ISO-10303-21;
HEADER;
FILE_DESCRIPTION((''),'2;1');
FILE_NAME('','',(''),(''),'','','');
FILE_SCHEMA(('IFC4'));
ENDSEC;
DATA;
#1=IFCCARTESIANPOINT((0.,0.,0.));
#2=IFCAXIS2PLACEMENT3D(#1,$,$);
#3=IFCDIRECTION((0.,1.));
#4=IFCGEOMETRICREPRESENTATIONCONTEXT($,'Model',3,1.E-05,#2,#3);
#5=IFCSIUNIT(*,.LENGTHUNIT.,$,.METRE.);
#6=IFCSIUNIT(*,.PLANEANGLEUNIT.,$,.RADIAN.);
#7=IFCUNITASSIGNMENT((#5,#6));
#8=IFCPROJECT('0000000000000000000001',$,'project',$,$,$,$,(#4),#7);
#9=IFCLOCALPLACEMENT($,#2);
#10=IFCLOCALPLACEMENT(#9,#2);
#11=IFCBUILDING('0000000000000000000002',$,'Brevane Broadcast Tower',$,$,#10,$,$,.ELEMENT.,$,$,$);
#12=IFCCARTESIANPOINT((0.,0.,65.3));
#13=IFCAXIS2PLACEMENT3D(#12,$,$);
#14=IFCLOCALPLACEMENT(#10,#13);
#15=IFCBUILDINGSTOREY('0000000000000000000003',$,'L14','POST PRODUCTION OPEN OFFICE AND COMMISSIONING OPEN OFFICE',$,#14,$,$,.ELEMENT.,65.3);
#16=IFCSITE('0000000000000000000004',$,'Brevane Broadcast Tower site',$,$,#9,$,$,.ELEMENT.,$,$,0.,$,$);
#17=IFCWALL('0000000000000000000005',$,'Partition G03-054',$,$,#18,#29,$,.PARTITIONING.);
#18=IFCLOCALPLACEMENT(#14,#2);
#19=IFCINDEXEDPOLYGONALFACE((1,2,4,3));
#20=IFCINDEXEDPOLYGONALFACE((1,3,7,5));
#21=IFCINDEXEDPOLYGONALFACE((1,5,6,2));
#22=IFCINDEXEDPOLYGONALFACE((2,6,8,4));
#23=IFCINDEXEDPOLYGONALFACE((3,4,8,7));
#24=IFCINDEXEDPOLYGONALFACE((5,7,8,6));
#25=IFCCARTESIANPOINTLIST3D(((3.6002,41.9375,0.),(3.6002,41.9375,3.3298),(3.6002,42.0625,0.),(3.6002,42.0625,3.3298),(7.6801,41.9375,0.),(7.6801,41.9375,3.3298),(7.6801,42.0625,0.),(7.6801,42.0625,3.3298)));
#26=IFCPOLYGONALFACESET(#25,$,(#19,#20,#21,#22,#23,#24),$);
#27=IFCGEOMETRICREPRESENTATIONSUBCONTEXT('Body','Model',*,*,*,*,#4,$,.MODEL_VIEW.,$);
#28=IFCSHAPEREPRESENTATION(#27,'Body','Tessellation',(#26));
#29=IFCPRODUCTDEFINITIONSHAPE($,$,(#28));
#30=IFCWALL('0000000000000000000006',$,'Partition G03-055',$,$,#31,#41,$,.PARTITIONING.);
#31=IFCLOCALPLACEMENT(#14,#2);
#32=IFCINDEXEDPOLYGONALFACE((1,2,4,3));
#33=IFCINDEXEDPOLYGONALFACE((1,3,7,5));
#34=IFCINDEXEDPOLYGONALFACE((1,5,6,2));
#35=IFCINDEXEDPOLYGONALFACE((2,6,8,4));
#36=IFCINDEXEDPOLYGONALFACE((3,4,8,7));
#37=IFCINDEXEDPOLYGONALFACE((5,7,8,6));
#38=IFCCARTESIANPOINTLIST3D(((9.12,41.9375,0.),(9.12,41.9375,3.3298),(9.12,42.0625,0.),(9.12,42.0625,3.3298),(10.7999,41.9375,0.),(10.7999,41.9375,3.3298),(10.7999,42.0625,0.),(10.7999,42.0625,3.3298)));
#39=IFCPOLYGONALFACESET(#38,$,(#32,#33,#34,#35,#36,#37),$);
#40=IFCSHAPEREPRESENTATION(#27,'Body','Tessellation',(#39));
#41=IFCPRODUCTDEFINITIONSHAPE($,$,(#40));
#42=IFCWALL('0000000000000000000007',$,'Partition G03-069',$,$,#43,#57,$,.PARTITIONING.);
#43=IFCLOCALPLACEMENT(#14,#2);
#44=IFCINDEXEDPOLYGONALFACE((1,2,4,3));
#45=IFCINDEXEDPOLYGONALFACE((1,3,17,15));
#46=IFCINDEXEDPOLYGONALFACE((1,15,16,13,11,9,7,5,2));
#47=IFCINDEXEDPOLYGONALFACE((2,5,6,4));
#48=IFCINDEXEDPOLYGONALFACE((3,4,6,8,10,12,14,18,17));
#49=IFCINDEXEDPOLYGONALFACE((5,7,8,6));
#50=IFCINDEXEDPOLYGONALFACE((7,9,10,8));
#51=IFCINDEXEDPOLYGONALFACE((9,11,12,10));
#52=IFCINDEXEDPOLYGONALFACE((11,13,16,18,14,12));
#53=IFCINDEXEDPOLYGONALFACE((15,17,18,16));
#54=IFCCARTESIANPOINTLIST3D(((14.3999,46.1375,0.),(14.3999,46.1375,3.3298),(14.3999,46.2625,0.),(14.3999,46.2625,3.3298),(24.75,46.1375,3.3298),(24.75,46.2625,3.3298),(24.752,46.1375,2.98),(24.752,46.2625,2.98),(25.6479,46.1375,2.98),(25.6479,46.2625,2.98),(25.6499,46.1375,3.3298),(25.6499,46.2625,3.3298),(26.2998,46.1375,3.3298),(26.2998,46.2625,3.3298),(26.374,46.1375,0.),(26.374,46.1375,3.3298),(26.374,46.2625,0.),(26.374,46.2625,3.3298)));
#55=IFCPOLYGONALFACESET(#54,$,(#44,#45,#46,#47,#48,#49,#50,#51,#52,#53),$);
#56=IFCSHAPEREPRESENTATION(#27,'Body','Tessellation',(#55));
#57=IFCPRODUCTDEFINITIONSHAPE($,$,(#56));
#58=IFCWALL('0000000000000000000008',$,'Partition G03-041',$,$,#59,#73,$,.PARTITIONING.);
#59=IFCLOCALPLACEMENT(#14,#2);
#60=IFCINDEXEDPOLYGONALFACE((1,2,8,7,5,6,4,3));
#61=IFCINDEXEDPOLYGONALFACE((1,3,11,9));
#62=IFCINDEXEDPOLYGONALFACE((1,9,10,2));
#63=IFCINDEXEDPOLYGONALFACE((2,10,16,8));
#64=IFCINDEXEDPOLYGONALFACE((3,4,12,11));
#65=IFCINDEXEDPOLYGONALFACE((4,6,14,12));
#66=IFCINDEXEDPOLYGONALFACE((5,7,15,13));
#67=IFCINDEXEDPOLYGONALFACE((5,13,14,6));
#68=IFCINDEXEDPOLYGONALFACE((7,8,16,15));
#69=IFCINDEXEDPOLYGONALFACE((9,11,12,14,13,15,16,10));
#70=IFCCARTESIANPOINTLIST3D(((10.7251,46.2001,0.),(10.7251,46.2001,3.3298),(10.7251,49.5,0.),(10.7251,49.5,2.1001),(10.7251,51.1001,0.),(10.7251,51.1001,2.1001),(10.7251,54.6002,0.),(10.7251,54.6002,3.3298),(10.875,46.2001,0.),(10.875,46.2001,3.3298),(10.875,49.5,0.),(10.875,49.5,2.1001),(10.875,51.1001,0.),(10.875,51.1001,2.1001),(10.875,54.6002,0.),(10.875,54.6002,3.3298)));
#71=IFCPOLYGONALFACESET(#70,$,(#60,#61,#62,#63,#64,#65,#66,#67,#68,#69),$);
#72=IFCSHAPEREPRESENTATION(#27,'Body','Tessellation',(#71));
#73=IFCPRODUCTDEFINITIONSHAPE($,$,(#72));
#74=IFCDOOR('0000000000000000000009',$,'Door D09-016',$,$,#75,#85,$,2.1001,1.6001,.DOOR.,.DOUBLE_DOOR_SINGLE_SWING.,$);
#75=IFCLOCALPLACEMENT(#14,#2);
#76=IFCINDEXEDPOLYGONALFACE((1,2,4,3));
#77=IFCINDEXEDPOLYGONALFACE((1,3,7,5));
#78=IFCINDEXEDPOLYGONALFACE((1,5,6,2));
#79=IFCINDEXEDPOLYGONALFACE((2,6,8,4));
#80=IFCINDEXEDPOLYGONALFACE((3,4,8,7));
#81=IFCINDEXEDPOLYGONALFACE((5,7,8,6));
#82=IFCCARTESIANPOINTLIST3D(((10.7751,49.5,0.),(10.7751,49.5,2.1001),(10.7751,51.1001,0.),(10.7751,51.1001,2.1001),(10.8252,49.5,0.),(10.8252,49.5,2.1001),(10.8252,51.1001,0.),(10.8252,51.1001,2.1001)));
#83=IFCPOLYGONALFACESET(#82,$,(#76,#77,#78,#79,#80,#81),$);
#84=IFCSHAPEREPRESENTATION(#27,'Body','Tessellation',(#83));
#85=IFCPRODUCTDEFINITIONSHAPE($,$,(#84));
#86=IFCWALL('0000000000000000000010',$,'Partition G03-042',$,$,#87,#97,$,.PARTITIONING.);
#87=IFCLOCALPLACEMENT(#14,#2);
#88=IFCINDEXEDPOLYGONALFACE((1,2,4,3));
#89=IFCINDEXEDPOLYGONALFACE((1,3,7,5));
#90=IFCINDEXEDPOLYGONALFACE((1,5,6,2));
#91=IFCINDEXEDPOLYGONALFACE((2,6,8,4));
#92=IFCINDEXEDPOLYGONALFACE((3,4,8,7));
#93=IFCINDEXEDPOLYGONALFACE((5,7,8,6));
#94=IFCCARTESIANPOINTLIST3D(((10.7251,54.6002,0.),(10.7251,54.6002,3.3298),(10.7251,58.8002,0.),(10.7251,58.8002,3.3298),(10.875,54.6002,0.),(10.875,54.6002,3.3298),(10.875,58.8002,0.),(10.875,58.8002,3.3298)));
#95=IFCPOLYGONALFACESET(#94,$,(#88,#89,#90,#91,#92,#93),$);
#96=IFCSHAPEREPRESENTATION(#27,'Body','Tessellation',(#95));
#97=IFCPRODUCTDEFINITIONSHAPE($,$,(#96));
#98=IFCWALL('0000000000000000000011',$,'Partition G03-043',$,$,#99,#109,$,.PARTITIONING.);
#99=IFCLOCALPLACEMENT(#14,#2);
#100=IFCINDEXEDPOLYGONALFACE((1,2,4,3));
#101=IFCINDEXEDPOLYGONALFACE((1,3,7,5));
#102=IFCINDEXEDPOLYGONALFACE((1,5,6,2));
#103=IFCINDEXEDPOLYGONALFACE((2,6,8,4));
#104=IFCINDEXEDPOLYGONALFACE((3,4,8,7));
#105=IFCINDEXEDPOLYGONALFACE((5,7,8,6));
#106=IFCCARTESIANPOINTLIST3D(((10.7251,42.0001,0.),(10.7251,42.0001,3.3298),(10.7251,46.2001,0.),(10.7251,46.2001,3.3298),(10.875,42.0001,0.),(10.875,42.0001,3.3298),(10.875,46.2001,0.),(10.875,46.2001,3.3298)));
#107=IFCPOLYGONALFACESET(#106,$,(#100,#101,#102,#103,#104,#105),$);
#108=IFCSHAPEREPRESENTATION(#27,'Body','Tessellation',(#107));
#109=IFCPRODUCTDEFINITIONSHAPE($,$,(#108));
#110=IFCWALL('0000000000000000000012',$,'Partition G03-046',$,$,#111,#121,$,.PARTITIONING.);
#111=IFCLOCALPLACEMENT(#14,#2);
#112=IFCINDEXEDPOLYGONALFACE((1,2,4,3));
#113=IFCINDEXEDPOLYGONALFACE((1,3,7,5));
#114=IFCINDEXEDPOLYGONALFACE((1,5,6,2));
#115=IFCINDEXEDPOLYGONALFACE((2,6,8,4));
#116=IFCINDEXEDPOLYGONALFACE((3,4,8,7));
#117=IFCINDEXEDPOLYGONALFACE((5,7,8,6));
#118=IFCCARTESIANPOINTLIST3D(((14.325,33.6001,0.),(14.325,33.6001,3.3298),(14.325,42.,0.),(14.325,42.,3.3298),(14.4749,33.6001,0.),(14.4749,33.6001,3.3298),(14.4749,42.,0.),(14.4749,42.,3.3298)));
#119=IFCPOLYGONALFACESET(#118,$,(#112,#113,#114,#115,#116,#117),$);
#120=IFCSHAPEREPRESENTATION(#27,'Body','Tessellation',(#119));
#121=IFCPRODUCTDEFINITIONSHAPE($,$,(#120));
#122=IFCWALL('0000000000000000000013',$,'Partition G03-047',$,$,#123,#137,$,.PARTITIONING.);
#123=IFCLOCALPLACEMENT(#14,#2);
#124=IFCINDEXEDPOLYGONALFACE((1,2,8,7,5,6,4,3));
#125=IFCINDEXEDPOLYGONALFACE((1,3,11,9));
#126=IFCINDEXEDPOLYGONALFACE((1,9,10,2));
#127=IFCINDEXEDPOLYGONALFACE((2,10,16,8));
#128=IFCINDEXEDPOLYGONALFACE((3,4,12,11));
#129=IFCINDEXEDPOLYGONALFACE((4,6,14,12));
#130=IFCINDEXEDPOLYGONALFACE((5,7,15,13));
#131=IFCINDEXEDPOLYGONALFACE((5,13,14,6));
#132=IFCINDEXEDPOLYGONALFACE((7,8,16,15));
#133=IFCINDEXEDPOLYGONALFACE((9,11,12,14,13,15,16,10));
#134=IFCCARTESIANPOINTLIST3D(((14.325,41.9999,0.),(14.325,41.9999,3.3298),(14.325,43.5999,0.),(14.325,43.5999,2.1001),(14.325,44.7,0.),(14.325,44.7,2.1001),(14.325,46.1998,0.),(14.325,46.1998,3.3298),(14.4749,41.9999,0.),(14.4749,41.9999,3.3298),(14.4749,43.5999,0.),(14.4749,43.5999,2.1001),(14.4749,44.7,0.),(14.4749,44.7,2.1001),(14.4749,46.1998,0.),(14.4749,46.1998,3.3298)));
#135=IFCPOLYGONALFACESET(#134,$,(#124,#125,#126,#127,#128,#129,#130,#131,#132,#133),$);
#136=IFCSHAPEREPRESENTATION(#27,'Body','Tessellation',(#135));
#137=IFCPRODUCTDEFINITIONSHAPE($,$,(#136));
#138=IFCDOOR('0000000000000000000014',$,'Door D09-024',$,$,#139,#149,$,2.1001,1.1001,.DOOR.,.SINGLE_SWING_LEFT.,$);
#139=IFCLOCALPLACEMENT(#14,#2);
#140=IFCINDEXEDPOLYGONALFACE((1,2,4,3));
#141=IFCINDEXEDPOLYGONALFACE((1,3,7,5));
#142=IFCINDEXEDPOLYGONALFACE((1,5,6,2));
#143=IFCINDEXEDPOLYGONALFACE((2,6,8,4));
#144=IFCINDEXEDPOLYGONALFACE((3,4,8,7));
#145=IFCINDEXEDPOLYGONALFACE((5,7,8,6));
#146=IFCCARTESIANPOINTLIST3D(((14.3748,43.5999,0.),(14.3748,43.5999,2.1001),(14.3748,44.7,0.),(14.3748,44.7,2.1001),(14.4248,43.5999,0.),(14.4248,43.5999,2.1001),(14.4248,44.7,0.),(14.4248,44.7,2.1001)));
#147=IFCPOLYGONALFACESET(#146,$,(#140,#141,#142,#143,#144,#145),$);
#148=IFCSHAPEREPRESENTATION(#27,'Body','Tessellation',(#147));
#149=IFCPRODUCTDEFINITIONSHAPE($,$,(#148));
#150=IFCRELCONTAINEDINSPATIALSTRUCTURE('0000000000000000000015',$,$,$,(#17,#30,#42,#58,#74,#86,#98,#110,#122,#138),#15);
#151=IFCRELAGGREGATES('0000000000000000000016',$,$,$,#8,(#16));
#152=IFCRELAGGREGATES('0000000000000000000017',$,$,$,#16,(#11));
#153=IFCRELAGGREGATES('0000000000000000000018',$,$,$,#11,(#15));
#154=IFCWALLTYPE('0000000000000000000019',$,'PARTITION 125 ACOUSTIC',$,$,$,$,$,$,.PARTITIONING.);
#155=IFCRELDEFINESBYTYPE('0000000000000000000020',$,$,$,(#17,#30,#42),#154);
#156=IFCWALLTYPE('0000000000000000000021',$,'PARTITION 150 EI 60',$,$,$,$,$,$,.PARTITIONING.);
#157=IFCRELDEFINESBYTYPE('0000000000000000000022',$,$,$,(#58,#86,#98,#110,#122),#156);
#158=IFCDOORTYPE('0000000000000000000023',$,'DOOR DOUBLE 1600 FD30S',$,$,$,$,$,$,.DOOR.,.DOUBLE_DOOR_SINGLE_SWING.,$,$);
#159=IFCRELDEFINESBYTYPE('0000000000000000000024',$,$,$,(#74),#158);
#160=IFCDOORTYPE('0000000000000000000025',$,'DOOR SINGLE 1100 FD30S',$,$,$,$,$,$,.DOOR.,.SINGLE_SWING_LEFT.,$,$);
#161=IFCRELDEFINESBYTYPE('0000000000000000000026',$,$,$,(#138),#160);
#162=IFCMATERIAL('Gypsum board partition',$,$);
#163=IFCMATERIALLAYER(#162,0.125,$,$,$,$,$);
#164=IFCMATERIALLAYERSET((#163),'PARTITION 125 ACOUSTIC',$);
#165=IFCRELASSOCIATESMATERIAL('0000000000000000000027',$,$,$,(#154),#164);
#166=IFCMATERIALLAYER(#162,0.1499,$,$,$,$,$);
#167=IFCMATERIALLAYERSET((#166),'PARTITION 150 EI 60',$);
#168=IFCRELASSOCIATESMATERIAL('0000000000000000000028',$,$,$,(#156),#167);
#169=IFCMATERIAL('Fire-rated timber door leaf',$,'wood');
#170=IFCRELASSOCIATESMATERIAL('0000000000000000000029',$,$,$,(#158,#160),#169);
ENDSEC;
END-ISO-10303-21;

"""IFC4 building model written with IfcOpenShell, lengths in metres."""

from ifc_helpers import new_model, si_unit, direction, frame, frame_2d, origin, place, context, subcontext, project, spatial, polyline, rectangle, outline, extrude, material, layer, layer_set, type_object, element, fill, save


model = new_model("IFC4")

# Units and contexts
model_context = context("Model", 3, precision=1e-05, world=origin(), true_north=direction((0.0, 1.0)))
body_context = subcontext(model_context, "Body", "Model", "MODEL_VIEW")
ifc_project = project(units=[si_unit("LENGTHUNIT", "METRE"), si_unit("PLANEANGLEUNIT", "RADIAN")], contexts=[model_context])

# Site, building, storey
site_placement = place(None, origin())
site = spatial("IfcSite", under=ifc_project, at=site_placement, Name="Brevane Broadcast Tower site", CompositionType="ELEMENT", RefElevation=0.0)
building_placement = place(site_placement, origin())
building = spatial("IfcBuilding", under=site, at=building_placement, Name="Brevane Broadcast Tower", CompositionType="ELEMENT")
storey_placement = place(building_placement, frame((0.0, 0.0, 65.3)))
storey = spatial("IfcBuildingStorey", under=building, at=storey_placement, Name="L14", Description="POST PRODUCTION OPEN OFFICE AND COMMISSIONING OPEN OFFICE", CompositionType="ELEMENT", Elevation=65.3)

# Shared definitions
ifc_material_1 = material(Name="Gypsum board partition")

# Walls
ifc_layer_1 = layer(ifc_material_1, 0.125)
ifc_layer_set_1 = layer_set([ifc_layer_1], Name="PARTITION 125 ACOUSTIC")
wall_type_1 = type_object("IfcWallType", Name="PARTITION 125 ACOUSTIC", PredefinedType="PARTITIONING", material=ifc_layer_set_1)
wall_1_placement = place(storey_placement, frame((3.6001, 42.0, 0.0), z_axis=(0.0, 0.0, 1.0), x_axis=(1.0, 0.0, 0.0)))
element("IfcWall", 1, at=wall_1_placement, inside=storey, type_object=wall_type_1, Name="Partition G03-054", PredefinedType="PARTITIONING", context=body_context, shape_type="SweptSolid", body=[
    extrude(rectangle(XDim=4.0798, YDim=0.125, at=frame_2d((2.04, 0.0))), origin(), (0.0, 0.0, 1.0), 3.3298),
])
wall_2_placement = place(storey_placement, frame((9.1201, 42.0, 0.0), z_axis=(0.0, 0.0, 1.0), x_axis=(1.0, 0.0, 0.0)))
element("IfcWall", 2, at=wall_2_placement, inside=storey, type_object=wall_type_1, Name="Partition G03-055", PredefinedType="PARTITIONING", context=body_context, shape_type="SweptSolid", body=[
    extrude(rectangle(XDim=1.6799, YDim=0.125, at=frame_2d((0.8398, 0.0))), origin(), (0.0, 0.0, 1.0), 3.3298),
])
wall_3_placement = place(storey_placement, frame((14.3999, 46.2, 0.0), z_axis=(0.0, 0.0, 1.0), x_axis=(1.0, 0.0, 0.0)))
element("IfcWall", 3, at=wall_3_placement, inside=storey, type_object=wall_type_1, Name="Partition G03-069", PredefinedType="PARTITIONING", context=body_context, shape_type="SweptSolid", body=[
    extrude(outline(polyline([(0.0, 0.0), (11.9741, 0.0), (11.9741, 3.3298), (11.8999, 3.3298), (11.25, 3.3298), (11.248, 2.98), (10.3521, 2.98), (10.3501, 3.3298), (0.0, 3.3298), (0.0, 0.0)])), frame((0.0, 0.0625, 0.0), z_axis=(0.0, -1.0, 0.0), x_axis=(1.0, 0.0, 0.0)), (0.0, 0.0, 1.0), 0.125),
])

# Wall, opening, door
ifc_layer_2 = layer(ifc_material_1, 0.1499)
ifc_layer_set_2 = layer_set([ifc_layer_2], Name="PARTITION 150 EI 60")
wall_type_2 = type_object("IfcWallType", Name="PARTITION 150 EI 60", PredefinedType="PARTITIONING", material=ifc_layer_set_2)
wall_4_placement = place(storey_placement, frame((10.8, 46.2, 0.0), z_axis=(0.0, 0.0, 1.0), x_axis=(0.0, 1.0, 0.0)))
wall_4 = element("IfcWall", 4, at=wall_4_placement, inside=storey, type_object=wall_type_2, Name="Partition G03-041", PredefinedType="PARTITIONING", context=body_context, shape_type="SweptSolid", body=[
    extrude(rectangle(XDim=8.4001, YDim=0.1499, at=frame_2d((4.2002, 0.0))), origin(), (0.0, 0.0, 1.0), 3.3298),
])
opening_1_placement = place(wall_4_placement, frame((3.3, 0.0, 0.0)))
opening_1 = element("IfcOpeningElement", 5, at=opening_1_placement, cuts=wall_4, PredefinedType="OPENING", context=body_context, shape_type="SweptSolid", body=[
    extrude(rectangle(XDim=1.6001, YDim=2.1001, at=frame_2d((0.8, 1.05))), frame((0.0, 0.085, 0.0), z_axis=(0.0, -1.0, 0.0), x_axis=(1.0, 0.0, 0.0)), (0.0, 0.0, 1.0), 0.1699),
])
ifc_material_2 = material(Name="Fire-rated timber door leaf", Category="wood")
door_type_1 = type_object("IfcDoorType", Name="DOOR DOUBLE 1600 FD30S", OperationType="DOUBLE_DOOR_SINGLE_SWING", PredefinedType="DOOR", material=ifc_material_2)
door_1_placement = place(opening_1_placement, origin())
door_1 = element("IfcDoor", 6, at=door_1_placement, inside=storey, type_object=door_type_1, Name="Door D09-016", OperationType="DOUBLE_DOOR_SINGLE_SWING", OverallHeight=2.1001, OverallWidth=1.6001, PredefinedType="DOOR", context=body_context, shape_type="SweptSolid", body=[
    extrude(rectangle(XDim=1.6001, YDim=2.1001, at=frame_2d((0.8, 1.05))), frame((0.0, 0.0249, 0.0), z_axis=(0.0, -1.0, 0.0), x_axis=(1.0, 0.0, 0.0)), (0.0, 0.0, 1.0), 0.05),
])
fill(opening_1, door_1)

# Walls
for number, where, z_axis, x_axis, name in (
    (7, (10.8, 54.6001, 0.0), (0.0, 0.0, 1.0), (0.0, 1.0, 0.0), "Partition G03-042"),
    (8, (10.8, 42.0, 0.0), (0.0, 0.0, 1.0), (0.0, 1.0, 0.0), "Partition G03-043"),
):
    element("IfcWall", number, at=place(storey_placement, frame(where, z_axis=z_axis, x_axis=x_axis)), inside=storey, type_object=wall_type_2, Name=name, PredefinedType="PARTITIONING", context=body_context, shape_type="SweptSolid", body=[
        extrude(rectangle(XDim=4.2, YDim=0.1499, at=frame_2d((2.1001, 0.0))), origin(), (0.0, 0.0, 1.0), 3.3298),
    ])
wall_5_placement = place(storey_placement, frame((14.3999, 42.0, 0.0), z_axis=(0.0, 0.0, 1.0), x_axis=(0.0, -1.0, 0.0)))
element("IfcWall", 9, at=wall_5_placement, inside=storey, type_object=wall_type_2, Name="Partition G03-046", PredefinedType="PARTITIONING", context=body_context, shape_type="SweptSolid", body=[
    extrude(rectangle(XDim=8.3999, YDim=0.1499, at=frame_2d((4.2, 0.0))), origin(), (0.0, 0.0, 1.0), 3.3298),
])

# Wall, opening, door
wall_6_placement = place(storey_placement, frame((14.3999, 46.2, 0.0), z_axis=(0.0, 0.0, 1.0), x_axis=(0.0, -1.0, 0.0)))
wall_6 = element("IfcWall", 10, at=wall_6_placement, inside=storey, type_object=wall_type_2, Name="Partition G03-047", PredefinedType="PARTITIONING", context=body_context, shape_type="SweptSolid", body=[
    extrude(rectangle(XDim=4.2, YDim=0.1499, at=frame_2d((2.1001, 0.0))), origin(), (0.0, 0.0, 1.0), 3.3298),
])
opening_2_placement = place(wall_6_placement, frame((1.5, 0.0, 0.0)))
opening_2 = element("IfcOpeningElement", 11, at=opening_2_placement, cuts=wall_6, PredefinedType="OPENING", context=body_context, shape_type="SweptSolid", body=[
    extrude(rectangle(XDim=1.1001, YDim=2.1001, at=frame_2d((0.55, 1.05))), frame((0.0, 0.085, 0.0), z_axis=(0.0, -1.0, 0.0), x_axis=(1.0, 0.0, 0.0)), (0.0, 0.0, 1.0), 0.1699),
])
door_type_2 = type_object("IfcDoorType", Name="DOOR SINGLE 1100 FD30S", OperationType="SINGLE_SWING_LEFT", PredefinedType="DOOR", material=ifc_material_2)
door_2_placement = place(opening_2_placement, origin())
door_2 = element("IfcDoor", 12, at=door_2_placement, inside=storey, type_object=door_type_2, Name="Door D09-024", OperationType="SINGLE_SWING_LEFT", OverallHeight=2.1001, OverallWidth=1.1001, PredefinedType="DOOR", context=body_context, shape_type="SweptSolid", body=[
    extrude(rectangle(XDim=1.1001, YDim=2.1001, at=frame_2d((0.55, 1.05))), frame((0.0, 0.0249, 0.0), z_axis=(0.0, -1.0, 0.0), x_axis=(1.0, 0.0, 0.0)), (0.0, 0.0, 1.0), 0.05),
])
fill(opening_2, door_2)

save(model, "model.ifc")
